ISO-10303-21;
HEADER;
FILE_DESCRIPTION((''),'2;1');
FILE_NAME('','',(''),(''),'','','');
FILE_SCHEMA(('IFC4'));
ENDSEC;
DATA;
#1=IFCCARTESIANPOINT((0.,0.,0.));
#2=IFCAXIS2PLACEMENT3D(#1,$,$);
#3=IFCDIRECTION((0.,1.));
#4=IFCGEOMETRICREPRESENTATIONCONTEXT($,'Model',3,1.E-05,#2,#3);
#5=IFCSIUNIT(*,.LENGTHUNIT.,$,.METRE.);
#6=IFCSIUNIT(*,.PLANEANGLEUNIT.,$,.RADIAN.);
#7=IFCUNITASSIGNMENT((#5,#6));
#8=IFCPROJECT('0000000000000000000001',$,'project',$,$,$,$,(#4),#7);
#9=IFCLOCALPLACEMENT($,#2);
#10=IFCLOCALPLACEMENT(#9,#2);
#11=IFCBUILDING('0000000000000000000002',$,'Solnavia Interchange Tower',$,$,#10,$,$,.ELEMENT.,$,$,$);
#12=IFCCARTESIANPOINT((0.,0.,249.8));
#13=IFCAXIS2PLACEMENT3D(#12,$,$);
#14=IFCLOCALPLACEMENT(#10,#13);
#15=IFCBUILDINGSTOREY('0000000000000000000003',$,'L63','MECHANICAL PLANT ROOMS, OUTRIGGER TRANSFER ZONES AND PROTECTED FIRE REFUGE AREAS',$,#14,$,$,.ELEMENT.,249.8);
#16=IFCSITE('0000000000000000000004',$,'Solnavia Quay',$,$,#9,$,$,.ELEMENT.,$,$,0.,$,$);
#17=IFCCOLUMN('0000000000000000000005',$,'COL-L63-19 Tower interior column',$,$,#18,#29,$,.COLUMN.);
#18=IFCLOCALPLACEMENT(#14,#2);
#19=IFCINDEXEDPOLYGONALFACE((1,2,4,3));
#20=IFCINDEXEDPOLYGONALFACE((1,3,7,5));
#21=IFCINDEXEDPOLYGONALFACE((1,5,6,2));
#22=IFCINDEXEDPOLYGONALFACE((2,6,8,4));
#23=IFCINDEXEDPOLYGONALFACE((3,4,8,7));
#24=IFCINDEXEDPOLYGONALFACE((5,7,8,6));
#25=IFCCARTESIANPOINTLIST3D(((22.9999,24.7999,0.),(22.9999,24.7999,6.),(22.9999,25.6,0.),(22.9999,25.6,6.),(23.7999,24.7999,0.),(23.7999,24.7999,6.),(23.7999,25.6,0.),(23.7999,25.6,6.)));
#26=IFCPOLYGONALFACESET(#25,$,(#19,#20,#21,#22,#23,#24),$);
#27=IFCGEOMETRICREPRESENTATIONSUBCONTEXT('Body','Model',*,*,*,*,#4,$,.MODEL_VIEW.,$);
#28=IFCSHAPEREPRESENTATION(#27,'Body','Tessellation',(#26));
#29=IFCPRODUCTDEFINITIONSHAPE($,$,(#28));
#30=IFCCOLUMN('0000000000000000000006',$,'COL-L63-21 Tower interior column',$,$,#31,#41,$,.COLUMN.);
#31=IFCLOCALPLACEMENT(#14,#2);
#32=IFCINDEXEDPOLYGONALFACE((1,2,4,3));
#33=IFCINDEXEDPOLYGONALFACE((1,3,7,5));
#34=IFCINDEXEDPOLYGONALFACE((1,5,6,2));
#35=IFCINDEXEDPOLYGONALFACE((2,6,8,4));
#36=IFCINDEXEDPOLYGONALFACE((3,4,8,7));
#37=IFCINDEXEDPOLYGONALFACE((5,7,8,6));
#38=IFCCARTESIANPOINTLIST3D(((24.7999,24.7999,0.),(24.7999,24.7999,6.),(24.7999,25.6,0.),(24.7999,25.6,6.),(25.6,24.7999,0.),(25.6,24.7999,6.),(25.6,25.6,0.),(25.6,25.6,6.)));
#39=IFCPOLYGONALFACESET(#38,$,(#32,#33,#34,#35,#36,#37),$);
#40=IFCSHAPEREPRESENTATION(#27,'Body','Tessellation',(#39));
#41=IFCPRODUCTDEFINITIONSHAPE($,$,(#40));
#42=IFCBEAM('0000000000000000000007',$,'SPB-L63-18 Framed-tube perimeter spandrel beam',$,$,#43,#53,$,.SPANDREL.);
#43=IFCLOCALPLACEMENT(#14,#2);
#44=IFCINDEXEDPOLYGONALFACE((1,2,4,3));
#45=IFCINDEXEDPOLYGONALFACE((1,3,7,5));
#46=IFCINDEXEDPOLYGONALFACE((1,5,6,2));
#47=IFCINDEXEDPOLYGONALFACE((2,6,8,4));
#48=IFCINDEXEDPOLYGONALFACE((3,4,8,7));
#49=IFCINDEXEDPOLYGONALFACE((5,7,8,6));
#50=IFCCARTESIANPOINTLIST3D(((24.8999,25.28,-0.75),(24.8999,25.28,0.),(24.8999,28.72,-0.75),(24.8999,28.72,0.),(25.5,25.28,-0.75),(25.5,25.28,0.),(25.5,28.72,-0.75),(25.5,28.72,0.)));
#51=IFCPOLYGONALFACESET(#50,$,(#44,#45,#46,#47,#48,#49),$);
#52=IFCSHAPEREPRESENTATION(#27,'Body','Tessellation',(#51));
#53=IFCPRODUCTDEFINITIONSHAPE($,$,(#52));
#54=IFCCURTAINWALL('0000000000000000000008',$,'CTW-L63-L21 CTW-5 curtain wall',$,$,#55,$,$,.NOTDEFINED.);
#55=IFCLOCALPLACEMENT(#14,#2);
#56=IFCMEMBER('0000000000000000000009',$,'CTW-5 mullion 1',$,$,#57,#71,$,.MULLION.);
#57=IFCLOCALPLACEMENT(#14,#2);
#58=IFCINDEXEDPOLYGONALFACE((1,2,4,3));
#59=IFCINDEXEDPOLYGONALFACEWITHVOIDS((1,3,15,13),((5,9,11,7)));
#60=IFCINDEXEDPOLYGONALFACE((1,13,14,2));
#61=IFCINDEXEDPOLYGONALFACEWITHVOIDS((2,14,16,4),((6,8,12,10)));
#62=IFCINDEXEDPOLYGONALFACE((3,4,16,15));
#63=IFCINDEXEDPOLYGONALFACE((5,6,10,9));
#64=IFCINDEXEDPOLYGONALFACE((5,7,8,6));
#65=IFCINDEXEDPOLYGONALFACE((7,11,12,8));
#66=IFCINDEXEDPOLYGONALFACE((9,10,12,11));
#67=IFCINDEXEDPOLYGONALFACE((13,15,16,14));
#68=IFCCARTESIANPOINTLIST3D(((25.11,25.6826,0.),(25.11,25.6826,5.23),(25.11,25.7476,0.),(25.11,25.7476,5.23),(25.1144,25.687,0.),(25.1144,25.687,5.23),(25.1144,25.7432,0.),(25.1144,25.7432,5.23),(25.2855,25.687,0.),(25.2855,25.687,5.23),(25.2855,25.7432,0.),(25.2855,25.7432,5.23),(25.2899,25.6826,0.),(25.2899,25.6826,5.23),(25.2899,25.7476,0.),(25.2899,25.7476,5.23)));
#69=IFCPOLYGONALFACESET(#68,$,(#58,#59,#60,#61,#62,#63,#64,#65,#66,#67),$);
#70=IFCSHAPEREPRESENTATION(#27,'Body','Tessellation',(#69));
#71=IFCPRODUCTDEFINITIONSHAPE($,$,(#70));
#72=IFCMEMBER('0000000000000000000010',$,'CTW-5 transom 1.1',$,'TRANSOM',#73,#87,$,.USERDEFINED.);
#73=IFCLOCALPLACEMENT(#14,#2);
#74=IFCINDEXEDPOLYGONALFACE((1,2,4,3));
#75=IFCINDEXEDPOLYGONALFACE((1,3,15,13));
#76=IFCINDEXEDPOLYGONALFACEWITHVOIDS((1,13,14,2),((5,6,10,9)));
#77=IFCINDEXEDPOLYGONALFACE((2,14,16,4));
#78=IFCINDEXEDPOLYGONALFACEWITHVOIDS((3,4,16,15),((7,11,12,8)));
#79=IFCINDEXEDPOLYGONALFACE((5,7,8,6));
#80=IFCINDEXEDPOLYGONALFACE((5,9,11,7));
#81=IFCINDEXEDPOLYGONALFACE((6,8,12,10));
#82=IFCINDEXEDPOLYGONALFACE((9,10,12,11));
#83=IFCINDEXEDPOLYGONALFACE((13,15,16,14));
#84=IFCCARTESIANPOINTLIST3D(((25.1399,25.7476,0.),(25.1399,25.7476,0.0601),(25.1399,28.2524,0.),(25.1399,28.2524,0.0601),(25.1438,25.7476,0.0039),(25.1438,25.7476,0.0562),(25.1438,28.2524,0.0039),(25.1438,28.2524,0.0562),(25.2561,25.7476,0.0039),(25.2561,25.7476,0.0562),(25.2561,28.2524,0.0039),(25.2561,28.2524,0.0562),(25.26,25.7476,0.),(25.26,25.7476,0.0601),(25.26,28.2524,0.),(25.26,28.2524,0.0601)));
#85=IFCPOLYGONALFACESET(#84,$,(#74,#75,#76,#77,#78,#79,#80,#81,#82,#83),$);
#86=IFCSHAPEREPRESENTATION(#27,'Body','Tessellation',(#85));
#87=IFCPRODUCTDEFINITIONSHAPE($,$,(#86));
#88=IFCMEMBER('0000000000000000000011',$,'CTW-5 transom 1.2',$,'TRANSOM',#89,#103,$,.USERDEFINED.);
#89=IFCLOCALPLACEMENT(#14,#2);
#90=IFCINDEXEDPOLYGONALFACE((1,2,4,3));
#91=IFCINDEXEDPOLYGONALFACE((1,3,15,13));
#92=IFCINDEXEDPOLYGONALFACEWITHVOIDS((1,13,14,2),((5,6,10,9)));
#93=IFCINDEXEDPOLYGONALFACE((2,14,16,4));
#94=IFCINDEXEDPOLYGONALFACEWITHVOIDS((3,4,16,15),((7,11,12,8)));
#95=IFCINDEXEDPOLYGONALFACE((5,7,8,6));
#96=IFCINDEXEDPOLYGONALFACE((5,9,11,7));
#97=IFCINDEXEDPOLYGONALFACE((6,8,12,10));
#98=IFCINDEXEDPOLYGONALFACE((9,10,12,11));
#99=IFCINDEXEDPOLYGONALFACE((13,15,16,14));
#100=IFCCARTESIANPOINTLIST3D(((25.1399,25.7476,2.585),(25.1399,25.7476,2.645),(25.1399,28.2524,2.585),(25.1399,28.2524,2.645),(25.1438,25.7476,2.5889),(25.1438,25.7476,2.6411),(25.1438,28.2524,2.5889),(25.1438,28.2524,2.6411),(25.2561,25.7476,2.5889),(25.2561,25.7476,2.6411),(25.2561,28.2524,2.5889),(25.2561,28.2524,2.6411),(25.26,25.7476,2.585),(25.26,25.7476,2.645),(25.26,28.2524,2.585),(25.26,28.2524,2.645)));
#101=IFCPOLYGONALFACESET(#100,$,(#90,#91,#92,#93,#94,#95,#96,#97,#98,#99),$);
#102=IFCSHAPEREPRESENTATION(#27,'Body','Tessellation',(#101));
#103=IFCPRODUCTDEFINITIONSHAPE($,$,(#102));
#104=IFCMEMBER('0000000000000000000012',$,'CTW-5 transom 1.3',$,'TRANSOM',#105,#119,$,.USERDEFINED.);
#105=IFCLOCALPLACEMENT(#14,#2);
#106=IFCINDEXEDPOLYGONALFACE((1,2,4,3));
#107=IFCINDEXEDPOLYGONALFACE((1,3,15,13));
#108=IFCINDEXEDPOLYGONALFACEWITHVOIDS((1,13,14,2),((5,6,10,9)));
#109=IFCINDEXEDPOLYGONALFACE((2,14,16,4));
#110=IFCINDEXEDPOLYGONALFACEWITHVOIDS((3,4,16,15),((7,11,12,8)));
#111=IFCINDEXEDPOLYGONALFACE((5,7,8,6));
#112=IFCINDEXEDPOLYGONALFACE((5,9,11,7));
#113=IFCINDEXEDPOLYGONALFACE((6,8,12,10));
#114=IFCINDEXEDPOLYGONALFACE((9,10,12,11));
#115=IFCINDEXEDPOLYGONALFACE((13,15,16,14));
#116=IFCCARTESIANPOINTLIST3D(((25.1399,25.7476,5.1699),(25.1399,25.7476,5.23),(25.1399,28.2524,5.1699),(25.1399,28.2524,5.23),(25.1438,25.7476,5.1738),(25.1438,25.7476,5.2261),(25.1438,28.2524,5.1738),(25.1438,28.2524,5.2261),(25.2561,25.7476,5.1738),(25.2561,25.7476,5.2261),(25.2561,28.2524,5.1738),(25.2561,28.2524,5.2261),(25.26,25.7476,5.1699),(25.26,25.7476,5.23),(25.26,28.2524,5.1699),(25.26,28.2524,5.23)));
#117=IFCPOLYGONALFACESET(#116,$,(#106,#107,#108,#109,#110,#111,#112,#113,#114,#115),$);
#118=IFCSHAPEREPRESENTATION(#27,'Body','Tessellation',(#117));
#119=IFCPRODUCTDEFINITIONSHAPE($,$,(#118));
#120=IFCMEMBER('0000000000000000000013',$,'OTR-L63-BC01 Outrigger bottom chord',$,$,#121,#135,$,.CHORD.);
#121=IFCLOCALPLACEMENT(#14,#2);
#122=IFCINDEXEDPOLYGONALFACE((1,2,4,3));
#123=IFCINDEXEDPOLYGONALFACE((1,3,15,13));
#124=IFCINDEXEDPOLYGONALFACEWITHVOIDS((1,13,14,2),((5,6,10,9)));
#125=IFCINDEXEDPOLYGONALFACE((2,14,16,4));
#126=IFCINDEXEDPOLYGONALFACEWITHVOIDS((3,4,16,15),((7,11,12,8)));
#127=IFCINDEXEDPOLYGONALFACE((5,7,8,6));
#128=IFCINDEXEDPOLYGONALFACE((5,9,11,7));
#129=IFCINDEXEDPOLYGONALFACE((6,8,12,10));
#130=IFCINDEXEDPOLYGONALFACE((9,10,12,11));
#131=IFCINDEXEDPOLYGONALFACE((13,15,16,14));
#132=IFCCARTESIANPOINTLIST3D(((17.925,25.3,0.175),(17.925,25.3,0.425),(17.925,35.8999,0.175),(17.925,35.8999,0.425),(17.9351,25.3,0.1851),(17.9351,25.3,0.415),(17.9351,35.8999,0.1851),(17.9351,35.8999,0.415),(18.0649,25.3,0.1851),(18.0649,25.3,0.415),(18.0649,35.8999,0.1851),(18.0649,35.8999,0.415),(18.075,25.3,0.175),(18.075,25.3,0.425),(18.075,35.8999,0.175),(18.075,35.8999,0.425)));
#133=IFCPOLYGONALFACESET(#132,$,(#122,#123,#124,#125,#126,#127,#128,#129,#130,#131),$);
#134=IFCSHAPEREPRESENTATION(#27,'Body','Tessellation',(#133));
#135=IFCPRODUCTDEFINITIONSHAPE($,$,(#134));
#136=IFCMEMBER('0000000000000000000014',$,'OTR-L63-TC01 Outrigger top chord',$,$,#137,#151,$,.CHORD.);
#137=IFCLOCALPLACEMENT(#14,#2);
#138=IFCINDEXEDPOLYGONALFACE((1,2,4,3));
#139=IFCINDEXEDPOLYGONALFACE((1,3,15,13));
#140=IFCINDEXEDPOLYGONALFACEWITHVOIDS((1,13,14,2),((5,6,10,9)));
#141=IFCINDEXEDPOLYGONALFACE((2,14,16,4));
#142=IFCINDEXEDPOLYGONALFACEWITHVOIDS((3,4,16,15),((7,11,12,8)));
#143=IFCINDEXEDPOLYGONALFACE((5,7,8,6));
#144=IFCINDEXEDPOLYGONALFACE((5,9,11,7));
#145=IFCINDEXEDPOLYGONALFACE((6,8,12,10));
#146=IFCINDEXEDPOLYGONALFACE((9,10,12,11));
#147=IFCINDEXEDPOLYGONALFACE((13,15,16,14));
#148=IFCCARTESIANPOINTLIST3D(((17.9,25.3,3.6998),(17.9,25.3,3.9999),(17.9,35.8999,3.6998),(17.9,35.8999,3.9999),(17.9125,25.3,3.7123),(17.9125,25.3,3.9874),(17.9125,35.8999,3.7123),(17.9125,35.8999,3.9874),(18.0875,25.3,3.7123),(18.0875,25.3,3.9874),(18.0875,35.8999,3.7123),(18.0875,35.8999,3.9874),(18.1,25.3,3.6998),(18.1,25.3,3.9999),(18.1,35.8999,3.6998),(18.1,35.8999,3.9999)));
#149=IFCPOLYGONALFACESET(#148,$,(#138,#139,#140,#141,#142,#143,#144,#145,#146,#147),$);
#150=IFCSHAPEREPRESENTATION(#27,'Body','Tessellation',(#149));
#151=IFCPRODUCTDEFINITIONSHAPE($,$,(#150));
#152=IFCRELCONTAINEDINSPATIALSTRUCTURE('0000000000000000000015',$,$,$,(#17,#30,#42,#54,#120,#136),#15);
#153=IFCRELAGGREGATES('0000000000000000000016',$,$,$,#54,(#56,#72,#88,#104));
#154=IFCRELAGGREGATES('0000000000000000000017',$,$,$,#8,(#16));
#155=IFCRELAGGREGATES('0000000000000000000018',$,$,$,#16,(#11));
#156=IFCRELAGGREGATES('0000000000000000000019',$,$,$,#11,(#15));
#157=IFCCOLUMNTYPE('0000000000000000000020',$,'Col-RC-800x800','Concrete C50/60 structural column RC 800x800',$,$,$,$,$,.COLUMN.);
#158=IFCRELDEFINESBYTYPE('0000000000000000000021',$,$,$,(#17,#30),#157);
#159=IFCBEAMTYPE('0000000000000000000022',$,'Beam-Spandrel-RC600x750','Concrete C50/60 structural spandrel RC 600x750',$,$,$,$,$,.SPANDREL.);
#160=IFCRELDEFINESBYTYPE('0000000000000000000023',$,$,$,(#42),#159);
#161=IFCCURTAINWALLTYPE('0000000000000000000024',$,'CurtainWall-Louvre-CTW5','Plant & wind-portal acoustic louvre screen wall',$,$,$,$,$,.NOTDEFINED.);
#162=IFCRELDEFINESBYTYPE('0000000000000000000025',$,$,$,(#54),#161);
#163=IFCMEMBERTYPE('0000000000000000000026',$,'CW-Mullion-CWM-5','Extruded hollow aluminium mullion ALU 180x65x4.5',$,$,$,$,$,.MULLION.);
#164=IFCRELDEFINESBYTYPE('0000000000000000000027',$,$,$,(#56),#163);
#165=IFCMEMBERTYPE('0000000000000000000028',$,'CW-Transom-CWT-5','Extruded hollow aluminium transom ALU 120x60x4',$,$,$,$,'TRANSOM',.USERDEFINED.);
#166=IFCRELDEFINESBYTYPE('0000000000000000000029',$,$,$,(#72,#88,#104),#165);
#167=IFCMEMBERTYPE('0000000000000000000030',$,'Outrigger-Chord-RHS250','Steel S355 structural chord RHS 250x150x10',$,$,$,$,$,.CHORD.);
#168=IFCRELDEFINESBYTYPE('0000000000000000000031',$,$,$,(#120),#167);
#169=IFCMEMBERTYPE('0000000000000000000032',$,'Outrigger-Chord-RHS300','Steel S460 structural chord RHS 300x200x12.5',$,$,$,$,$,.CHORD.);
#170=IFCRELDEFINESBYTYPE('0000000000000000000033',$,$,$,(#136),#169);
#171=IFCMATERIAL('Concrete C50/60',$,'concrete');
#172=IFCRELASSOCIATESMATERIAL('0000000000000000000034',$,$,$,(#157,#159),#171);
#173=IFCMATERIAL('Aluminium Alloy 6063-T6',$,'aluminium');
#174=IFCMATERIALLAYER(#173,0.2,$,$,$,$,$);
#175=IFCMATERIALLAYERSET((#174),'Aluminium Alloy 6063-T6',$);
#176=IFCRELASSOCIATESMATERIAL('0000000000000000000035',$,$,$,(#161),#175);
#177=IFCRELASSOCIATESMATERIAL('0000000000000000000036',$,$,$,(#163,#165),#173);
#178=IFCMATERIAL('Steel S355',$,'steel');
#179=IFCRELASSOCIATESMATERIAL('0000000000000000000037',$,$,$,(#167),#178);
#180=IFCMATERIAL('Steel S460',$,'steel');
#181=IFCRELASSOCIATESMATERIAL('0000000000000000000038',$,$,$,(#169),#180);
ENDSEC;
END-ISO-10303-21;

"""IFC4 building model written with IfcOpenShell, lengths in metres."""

from ifc_helpers import new_model, si_unit, direction, frame, origin, origin_2d, place, context, subcontext, project, spatial, rectangle, hollow_rectangle, extrude, material, layer, layer_set, material_profile, profile_set, type_object, element, aggregate, save


model = new_model("IFC4")

# Units and contexts
model_context = context("Model", 3, precision=1e-05, world=origin(), true_north=direction((0.0, 1.0)))
body_context = subcontext(model_context, "Body", "Model", "MODEL_VIEW")
ifc_project = project(units=[si_unit("LENGTHUNIT", "METRE"), si_unit("PLANEANGLEUNIT", "RADIAN")], contexts=[model_context])

# Site, building, storey
site_placement = place(None, origin())
site = spatial("IfcSite", under=ifc_project, at=site_placement, Name="Solnavia Quay", CompositionType="ELEMENT", RefElevation=0.0)
building_placement = place(site_placement, origin())
building = spatial("IfcBuilding", under=site, at=building_placement, Name="Solnavia Interchange Tower", CompositionType="ELEMENT")
storey_placement = place(building_placement, frame((0.0, 0.0, 249.8)))
storey = spatial("IfcBuildingStorey", under=building, at=storey_placement, Name="L63", Description="MECHANICAL PLANT ROOMS, OUTRIGGER TRANSFER ZONES AND PROTECTED FIRE REFUGE AREAS", CompositionType="ELEMENT", Elevation=249.8)

# Columns
ifc_material_1 = material(Name="Concrete C50/60", Category="concrete")
ifc_material_profile_1 = material_profile(ifc_material_1, rectangle(XDim=0.8, YDim=0.8, at=origin_2d()), Name="RC 800x800")
ifc_profile_set_1 = profile_set([ifc_material_profile_1], Name="Concrete C50/60")
column_type = type_object("IfcColumnType", Name="Col-RC-800x800", Description="Concrete C50/60 structural column RC 800x800", PredefinedType="COLUMN", material=ifc_profile_set_1)
for number, where, z_axis, x_axis, name in (
    (1, (23.3999, 25.2, 0.0), (0.0, 0.0, 1.0), (1.0, 0.0, 0.0), "COL-L63-19 Tower interior column"),
    (2, (25.2, 25.2, 0.0), (0.0, 0.0, 1.0), (1.0, 0.0, 0.0), "COL-L63-21 Tower interior column"),
):
    element("IfcColumn", number, at=place(storey_placement, frame(where, z_axis=z_axis, x_axis=x_axis)), inside=storey, type_object=column_type, Name=name, PredefinedType="COLUMN", context=body_context, shape_type="SweptSolid", body=[
        extrude(rectangle(XDim=0.8, YDim=0.8, at=origin_2d()), origin(), (0.0, 0.0, 1.0), 6.0),
    ])

# Beam
ifc_material_profile_2 = material_profile(ifc_material_1, rectangle(XDim=0.6001, YDim=0.75, at=origin_2d()), Name="RC 600x750")
ifc_profile_set_2 = profile_set([ifc_material_profile_2], Name="Concrete C50/60")
beam_type = type_object("IfcBeamType", Name="Beam-Spandrel-RC600x750", Description="Concrete C50/60 structural spandrel RC 600x750", PredefinedType="SPANDREL", material=ifc_profile_set_2)
beam_placement = place(storey_placement, frame((25.2, 25.28, -0.375), z_axis=(0.0, 1.0, 0.0), x_axis=(-1.0, 0.0, 0.0)))
element("IfcBeam", 3, at=beam_placement, inside=storey, type_object=beam_type, Name="SPB-L63-18 Framed-tube perimeter spandrel beam", PredefinedType="SPANDREL", context=body_context, shape_type="SweptSolid", body=[
    extrude(rectangle(XDim=0.6001, YDim=0.75, at=origin_2d()), origin(), (0.0, 0.0, 1.0), 3.4399),
])

# Curtain wall, members
ifc_material_2 = material(Name="Aluminium Alloy 6063-T6", Category="aluminium")
ifc_layer_1 = layer(ifc_material_2, 0.2)
ifc_layer_set_1 = layer_set([ifc_layer_1], Name="Aluminium Alloy 6063-T6")
curtain_wall_type = type_object("IfcCurtainWallType", Name="CurtainWall-Louvre-CTW5", Description="Plant & wind-portal acoustic louvre screen wall", PredefinedType="NOTDEFINED", material=ifc_layer_set_1)
curtain_wall_placement = place(storey_placement, origin())
curtain_wall = element("IfcCurtainWall", 4, at=curtain_wall_placement, inside=storey, type_object=curtain_wall_type, Name="CTW-L63-L21 CTW-5 curtain wall", PredefinedType="NOTDEFINED")
ifc_material_profile_3 = material_profile(ifc_material_2, hollow_rectangle(XDim=0.0649, YDim=0.1799, WallThickness=0.0044, at=origin_2d()), Name="ALU 180x65x4.5")
ifc_profile_set_3 = profile_set([ifc_material_profile_3], Name="Aluminium Alloy 6063-T6")
member_type_1 = type_object("IfcMemberType", Name="CW-Mullion-CWM-5", Description="Extruded hollow aluminium mullion ALU 180x65x4.5", PredefinedType="MULLION", material=ifc_profile_set_3)
member_1_placement = place(storey_placement, frame((25.2, 25.7151, 0.0), z_axis=(0.0, 0.0, 1.0), x_axis=(0.0, 1.0, 0.0)))
member_1 = element("IfcMember", 5, at=member_1_placement, type_object=member_type_1, Name="CTW-5 mullion 1", PredefinedType="MULLION", context=body_context, shape_type="SweptSolid", body=[
    extrude(hollow_rectangle(XDim=0.0649, YDim=0.1799, WallThickness=0.0044, at=origin_2d()), origin(), (0.0, 0.0, 1.0), 5.23),
])
ifc_material_profile_4 = material_profile(ifc_material_2, hollow_rectangle(XDim=0.0601, YDim=0.1201, WallThickness=0.0039, at=origin_2d()), Name="ALU 120x60x4")
ifc_profile_set_4 = profile_set([ifc_material_profile_4], Name="Aluminium Alloy 6063-T6")
member_type_2 = type_object("IfcMemberType", Name="CW-Transom-CWT-5", Description="Extruded hollow aluminium transom ALU 120x60x4", ElementType="TRANSOM", PredefinedType="USERDEFINED", material=ifc_profile_set_4)
member_2_placement = place(storey_placement, frame((25.2, 25.7476, 0.03), z_axis=(0.0, 1.0, 0.0), x_axis=(0.0, 0.0, 1.0)))
member_2 = element("IfcMember", 6, at=member_2_placement, type_object=member_type_2, Name="CTW-5 transom 1.1", ObjectType="TRANSOM", PredefinedType="USERDEFINED", context=body_context, shape_type="SweptSolid", body=[
    extrude(hollow_rectangle(XDim=0.0601, YDim=0.1201, WallThickness=0.0039, at=origin_2d()), origin(), (0.0, 0.0, 1.0), 2.5049),
])
member_3_placement = place(storey_placement, frame((25.2, 25.7476, 2.615), z_axis=(0.0, 1.0, 0.0), x_axis=(0.0, 0.0, 1.0)))
member_3 = element("IfcMember", 7, at=member_3_placement, type_object=member_type_2, Name="CTW-5 transom 1.2", ObjectType="TRANSOM", PredefinedType="USERDEFINED", context=body_context, shape_type="SweptSolid", body=[
    extrude(hollow_rectangle(XDim=0.0601, YDim=0.1201, WallThickness=0.0039, at=origin_2d()), origin(), (0.0, 0.0, 1.0), 2.5049),
])
member_4_placement = place(storey_placement, frame((25.2, 25.7476, 5.2), z_axis=(0.0, 1.0, 0.0), x_axis=(0.0, 0.0, 1.0)))
member_4 = element("IfcMember", 8, at=member_4_placement, type_object=member_type_2, Name="CTW-5 transom 1.3", ObjectType="TRANSOM", PredefinedType="USERDEFINED", context=body_context, shape_type="SweptSolid", body=[
    extrude(hollow_rectangle(XDim=0.0601, YDim=0.1201, WallThickness=0.0039, at=origin_2d()), origin(), (0.0, 0.0, 1.0), 2.5049),
])

# Members
ifc_material_3 = material(Name="Steel S355", Category="steel")
ifc_material_profile_5 = material_profile(ifc_material_3, hollow_rectangle(XDim=0.1499, YDim=0.25, WallThickness=0.01, at=origin_2d()), Name="RHS 250x150x10")
ifc_profile_set_5 = profile_set([ifc_material_profile_5], Name="Steel S355")
member_type_3 = type_object("IfcMemberType", Name="Outrigger-Chord-RHS250", Description="Steel S355 structural chord RHS 250x150x10", PredefinedType="CHORD", material=ifc_profile_set_5)
member_5_placement = place(storey_placement, frame((18.0, 25.3, 0.3), z_axis=(0.0, 1.0, 0.0), x_axis=(-1.0, 0.0, 0.0)))
element("IfcMember", 9, at=member_5_placement, inside=storey, type_object=member_type_3, Name="OTR-L63-BC01 Outrigger bottom chord", PredefinedType="CHORD", context=body_context, shape_type="SweptSolid", body=[
    extrude(hollow_rectangle(XDim=0.1499, YDim=0.25, WallThickness=0.01, at=origin_2d()), origin(), (0.0, 0.0, 1.0), 10.5999),
])
ifc_material_4 = material(Name="Steel S460", Category="steel")
ifc_material_profile_6 = material_profile(ifc_material_4, hollow_rectangle(XDim=0.2, YDim=0.3, WallThickness=0.0125, at=origin_2d()), Name="RHS 300x200x12.5")
ifc_profile_set_6 = profile_set([ifc_material_profile_6], Name="Steel S460")
member_type_4 = type_object("IfcMemberType", Name="Outrigger-Chord-RHS300", Description="Steel S460 structural chord RHS 300x200x12.5", PredefinedType="CHORD", material=ifc_profile_set_6)
member_6_placement = place(storey_placement, frame((18.0, 25.3, 3.8499), z_axis=(0.0, 1.0, 0.0), x_axis=(-1.0, 0.0, 0.0)))
element("IfcMember", 10, at=member_6_placement, inside=storey, type_object=member_type_4, Name="OTR-L63-TC01 Outrigger top chord", PredefinedType="CHORD", context=body_context, shape_type="SweptSolid", body=[
    extrude(hollow_rectangle(XDim=0.2, YDim=0.3, WallThickness=0.0125, at=origin_2d()), origin(), (0.0, 0.0, 1.0), 10.5999),
])

aggregate(curtain_wall, [member_1, member_2, member_3, member_4])

save(model, "model.ifc")
